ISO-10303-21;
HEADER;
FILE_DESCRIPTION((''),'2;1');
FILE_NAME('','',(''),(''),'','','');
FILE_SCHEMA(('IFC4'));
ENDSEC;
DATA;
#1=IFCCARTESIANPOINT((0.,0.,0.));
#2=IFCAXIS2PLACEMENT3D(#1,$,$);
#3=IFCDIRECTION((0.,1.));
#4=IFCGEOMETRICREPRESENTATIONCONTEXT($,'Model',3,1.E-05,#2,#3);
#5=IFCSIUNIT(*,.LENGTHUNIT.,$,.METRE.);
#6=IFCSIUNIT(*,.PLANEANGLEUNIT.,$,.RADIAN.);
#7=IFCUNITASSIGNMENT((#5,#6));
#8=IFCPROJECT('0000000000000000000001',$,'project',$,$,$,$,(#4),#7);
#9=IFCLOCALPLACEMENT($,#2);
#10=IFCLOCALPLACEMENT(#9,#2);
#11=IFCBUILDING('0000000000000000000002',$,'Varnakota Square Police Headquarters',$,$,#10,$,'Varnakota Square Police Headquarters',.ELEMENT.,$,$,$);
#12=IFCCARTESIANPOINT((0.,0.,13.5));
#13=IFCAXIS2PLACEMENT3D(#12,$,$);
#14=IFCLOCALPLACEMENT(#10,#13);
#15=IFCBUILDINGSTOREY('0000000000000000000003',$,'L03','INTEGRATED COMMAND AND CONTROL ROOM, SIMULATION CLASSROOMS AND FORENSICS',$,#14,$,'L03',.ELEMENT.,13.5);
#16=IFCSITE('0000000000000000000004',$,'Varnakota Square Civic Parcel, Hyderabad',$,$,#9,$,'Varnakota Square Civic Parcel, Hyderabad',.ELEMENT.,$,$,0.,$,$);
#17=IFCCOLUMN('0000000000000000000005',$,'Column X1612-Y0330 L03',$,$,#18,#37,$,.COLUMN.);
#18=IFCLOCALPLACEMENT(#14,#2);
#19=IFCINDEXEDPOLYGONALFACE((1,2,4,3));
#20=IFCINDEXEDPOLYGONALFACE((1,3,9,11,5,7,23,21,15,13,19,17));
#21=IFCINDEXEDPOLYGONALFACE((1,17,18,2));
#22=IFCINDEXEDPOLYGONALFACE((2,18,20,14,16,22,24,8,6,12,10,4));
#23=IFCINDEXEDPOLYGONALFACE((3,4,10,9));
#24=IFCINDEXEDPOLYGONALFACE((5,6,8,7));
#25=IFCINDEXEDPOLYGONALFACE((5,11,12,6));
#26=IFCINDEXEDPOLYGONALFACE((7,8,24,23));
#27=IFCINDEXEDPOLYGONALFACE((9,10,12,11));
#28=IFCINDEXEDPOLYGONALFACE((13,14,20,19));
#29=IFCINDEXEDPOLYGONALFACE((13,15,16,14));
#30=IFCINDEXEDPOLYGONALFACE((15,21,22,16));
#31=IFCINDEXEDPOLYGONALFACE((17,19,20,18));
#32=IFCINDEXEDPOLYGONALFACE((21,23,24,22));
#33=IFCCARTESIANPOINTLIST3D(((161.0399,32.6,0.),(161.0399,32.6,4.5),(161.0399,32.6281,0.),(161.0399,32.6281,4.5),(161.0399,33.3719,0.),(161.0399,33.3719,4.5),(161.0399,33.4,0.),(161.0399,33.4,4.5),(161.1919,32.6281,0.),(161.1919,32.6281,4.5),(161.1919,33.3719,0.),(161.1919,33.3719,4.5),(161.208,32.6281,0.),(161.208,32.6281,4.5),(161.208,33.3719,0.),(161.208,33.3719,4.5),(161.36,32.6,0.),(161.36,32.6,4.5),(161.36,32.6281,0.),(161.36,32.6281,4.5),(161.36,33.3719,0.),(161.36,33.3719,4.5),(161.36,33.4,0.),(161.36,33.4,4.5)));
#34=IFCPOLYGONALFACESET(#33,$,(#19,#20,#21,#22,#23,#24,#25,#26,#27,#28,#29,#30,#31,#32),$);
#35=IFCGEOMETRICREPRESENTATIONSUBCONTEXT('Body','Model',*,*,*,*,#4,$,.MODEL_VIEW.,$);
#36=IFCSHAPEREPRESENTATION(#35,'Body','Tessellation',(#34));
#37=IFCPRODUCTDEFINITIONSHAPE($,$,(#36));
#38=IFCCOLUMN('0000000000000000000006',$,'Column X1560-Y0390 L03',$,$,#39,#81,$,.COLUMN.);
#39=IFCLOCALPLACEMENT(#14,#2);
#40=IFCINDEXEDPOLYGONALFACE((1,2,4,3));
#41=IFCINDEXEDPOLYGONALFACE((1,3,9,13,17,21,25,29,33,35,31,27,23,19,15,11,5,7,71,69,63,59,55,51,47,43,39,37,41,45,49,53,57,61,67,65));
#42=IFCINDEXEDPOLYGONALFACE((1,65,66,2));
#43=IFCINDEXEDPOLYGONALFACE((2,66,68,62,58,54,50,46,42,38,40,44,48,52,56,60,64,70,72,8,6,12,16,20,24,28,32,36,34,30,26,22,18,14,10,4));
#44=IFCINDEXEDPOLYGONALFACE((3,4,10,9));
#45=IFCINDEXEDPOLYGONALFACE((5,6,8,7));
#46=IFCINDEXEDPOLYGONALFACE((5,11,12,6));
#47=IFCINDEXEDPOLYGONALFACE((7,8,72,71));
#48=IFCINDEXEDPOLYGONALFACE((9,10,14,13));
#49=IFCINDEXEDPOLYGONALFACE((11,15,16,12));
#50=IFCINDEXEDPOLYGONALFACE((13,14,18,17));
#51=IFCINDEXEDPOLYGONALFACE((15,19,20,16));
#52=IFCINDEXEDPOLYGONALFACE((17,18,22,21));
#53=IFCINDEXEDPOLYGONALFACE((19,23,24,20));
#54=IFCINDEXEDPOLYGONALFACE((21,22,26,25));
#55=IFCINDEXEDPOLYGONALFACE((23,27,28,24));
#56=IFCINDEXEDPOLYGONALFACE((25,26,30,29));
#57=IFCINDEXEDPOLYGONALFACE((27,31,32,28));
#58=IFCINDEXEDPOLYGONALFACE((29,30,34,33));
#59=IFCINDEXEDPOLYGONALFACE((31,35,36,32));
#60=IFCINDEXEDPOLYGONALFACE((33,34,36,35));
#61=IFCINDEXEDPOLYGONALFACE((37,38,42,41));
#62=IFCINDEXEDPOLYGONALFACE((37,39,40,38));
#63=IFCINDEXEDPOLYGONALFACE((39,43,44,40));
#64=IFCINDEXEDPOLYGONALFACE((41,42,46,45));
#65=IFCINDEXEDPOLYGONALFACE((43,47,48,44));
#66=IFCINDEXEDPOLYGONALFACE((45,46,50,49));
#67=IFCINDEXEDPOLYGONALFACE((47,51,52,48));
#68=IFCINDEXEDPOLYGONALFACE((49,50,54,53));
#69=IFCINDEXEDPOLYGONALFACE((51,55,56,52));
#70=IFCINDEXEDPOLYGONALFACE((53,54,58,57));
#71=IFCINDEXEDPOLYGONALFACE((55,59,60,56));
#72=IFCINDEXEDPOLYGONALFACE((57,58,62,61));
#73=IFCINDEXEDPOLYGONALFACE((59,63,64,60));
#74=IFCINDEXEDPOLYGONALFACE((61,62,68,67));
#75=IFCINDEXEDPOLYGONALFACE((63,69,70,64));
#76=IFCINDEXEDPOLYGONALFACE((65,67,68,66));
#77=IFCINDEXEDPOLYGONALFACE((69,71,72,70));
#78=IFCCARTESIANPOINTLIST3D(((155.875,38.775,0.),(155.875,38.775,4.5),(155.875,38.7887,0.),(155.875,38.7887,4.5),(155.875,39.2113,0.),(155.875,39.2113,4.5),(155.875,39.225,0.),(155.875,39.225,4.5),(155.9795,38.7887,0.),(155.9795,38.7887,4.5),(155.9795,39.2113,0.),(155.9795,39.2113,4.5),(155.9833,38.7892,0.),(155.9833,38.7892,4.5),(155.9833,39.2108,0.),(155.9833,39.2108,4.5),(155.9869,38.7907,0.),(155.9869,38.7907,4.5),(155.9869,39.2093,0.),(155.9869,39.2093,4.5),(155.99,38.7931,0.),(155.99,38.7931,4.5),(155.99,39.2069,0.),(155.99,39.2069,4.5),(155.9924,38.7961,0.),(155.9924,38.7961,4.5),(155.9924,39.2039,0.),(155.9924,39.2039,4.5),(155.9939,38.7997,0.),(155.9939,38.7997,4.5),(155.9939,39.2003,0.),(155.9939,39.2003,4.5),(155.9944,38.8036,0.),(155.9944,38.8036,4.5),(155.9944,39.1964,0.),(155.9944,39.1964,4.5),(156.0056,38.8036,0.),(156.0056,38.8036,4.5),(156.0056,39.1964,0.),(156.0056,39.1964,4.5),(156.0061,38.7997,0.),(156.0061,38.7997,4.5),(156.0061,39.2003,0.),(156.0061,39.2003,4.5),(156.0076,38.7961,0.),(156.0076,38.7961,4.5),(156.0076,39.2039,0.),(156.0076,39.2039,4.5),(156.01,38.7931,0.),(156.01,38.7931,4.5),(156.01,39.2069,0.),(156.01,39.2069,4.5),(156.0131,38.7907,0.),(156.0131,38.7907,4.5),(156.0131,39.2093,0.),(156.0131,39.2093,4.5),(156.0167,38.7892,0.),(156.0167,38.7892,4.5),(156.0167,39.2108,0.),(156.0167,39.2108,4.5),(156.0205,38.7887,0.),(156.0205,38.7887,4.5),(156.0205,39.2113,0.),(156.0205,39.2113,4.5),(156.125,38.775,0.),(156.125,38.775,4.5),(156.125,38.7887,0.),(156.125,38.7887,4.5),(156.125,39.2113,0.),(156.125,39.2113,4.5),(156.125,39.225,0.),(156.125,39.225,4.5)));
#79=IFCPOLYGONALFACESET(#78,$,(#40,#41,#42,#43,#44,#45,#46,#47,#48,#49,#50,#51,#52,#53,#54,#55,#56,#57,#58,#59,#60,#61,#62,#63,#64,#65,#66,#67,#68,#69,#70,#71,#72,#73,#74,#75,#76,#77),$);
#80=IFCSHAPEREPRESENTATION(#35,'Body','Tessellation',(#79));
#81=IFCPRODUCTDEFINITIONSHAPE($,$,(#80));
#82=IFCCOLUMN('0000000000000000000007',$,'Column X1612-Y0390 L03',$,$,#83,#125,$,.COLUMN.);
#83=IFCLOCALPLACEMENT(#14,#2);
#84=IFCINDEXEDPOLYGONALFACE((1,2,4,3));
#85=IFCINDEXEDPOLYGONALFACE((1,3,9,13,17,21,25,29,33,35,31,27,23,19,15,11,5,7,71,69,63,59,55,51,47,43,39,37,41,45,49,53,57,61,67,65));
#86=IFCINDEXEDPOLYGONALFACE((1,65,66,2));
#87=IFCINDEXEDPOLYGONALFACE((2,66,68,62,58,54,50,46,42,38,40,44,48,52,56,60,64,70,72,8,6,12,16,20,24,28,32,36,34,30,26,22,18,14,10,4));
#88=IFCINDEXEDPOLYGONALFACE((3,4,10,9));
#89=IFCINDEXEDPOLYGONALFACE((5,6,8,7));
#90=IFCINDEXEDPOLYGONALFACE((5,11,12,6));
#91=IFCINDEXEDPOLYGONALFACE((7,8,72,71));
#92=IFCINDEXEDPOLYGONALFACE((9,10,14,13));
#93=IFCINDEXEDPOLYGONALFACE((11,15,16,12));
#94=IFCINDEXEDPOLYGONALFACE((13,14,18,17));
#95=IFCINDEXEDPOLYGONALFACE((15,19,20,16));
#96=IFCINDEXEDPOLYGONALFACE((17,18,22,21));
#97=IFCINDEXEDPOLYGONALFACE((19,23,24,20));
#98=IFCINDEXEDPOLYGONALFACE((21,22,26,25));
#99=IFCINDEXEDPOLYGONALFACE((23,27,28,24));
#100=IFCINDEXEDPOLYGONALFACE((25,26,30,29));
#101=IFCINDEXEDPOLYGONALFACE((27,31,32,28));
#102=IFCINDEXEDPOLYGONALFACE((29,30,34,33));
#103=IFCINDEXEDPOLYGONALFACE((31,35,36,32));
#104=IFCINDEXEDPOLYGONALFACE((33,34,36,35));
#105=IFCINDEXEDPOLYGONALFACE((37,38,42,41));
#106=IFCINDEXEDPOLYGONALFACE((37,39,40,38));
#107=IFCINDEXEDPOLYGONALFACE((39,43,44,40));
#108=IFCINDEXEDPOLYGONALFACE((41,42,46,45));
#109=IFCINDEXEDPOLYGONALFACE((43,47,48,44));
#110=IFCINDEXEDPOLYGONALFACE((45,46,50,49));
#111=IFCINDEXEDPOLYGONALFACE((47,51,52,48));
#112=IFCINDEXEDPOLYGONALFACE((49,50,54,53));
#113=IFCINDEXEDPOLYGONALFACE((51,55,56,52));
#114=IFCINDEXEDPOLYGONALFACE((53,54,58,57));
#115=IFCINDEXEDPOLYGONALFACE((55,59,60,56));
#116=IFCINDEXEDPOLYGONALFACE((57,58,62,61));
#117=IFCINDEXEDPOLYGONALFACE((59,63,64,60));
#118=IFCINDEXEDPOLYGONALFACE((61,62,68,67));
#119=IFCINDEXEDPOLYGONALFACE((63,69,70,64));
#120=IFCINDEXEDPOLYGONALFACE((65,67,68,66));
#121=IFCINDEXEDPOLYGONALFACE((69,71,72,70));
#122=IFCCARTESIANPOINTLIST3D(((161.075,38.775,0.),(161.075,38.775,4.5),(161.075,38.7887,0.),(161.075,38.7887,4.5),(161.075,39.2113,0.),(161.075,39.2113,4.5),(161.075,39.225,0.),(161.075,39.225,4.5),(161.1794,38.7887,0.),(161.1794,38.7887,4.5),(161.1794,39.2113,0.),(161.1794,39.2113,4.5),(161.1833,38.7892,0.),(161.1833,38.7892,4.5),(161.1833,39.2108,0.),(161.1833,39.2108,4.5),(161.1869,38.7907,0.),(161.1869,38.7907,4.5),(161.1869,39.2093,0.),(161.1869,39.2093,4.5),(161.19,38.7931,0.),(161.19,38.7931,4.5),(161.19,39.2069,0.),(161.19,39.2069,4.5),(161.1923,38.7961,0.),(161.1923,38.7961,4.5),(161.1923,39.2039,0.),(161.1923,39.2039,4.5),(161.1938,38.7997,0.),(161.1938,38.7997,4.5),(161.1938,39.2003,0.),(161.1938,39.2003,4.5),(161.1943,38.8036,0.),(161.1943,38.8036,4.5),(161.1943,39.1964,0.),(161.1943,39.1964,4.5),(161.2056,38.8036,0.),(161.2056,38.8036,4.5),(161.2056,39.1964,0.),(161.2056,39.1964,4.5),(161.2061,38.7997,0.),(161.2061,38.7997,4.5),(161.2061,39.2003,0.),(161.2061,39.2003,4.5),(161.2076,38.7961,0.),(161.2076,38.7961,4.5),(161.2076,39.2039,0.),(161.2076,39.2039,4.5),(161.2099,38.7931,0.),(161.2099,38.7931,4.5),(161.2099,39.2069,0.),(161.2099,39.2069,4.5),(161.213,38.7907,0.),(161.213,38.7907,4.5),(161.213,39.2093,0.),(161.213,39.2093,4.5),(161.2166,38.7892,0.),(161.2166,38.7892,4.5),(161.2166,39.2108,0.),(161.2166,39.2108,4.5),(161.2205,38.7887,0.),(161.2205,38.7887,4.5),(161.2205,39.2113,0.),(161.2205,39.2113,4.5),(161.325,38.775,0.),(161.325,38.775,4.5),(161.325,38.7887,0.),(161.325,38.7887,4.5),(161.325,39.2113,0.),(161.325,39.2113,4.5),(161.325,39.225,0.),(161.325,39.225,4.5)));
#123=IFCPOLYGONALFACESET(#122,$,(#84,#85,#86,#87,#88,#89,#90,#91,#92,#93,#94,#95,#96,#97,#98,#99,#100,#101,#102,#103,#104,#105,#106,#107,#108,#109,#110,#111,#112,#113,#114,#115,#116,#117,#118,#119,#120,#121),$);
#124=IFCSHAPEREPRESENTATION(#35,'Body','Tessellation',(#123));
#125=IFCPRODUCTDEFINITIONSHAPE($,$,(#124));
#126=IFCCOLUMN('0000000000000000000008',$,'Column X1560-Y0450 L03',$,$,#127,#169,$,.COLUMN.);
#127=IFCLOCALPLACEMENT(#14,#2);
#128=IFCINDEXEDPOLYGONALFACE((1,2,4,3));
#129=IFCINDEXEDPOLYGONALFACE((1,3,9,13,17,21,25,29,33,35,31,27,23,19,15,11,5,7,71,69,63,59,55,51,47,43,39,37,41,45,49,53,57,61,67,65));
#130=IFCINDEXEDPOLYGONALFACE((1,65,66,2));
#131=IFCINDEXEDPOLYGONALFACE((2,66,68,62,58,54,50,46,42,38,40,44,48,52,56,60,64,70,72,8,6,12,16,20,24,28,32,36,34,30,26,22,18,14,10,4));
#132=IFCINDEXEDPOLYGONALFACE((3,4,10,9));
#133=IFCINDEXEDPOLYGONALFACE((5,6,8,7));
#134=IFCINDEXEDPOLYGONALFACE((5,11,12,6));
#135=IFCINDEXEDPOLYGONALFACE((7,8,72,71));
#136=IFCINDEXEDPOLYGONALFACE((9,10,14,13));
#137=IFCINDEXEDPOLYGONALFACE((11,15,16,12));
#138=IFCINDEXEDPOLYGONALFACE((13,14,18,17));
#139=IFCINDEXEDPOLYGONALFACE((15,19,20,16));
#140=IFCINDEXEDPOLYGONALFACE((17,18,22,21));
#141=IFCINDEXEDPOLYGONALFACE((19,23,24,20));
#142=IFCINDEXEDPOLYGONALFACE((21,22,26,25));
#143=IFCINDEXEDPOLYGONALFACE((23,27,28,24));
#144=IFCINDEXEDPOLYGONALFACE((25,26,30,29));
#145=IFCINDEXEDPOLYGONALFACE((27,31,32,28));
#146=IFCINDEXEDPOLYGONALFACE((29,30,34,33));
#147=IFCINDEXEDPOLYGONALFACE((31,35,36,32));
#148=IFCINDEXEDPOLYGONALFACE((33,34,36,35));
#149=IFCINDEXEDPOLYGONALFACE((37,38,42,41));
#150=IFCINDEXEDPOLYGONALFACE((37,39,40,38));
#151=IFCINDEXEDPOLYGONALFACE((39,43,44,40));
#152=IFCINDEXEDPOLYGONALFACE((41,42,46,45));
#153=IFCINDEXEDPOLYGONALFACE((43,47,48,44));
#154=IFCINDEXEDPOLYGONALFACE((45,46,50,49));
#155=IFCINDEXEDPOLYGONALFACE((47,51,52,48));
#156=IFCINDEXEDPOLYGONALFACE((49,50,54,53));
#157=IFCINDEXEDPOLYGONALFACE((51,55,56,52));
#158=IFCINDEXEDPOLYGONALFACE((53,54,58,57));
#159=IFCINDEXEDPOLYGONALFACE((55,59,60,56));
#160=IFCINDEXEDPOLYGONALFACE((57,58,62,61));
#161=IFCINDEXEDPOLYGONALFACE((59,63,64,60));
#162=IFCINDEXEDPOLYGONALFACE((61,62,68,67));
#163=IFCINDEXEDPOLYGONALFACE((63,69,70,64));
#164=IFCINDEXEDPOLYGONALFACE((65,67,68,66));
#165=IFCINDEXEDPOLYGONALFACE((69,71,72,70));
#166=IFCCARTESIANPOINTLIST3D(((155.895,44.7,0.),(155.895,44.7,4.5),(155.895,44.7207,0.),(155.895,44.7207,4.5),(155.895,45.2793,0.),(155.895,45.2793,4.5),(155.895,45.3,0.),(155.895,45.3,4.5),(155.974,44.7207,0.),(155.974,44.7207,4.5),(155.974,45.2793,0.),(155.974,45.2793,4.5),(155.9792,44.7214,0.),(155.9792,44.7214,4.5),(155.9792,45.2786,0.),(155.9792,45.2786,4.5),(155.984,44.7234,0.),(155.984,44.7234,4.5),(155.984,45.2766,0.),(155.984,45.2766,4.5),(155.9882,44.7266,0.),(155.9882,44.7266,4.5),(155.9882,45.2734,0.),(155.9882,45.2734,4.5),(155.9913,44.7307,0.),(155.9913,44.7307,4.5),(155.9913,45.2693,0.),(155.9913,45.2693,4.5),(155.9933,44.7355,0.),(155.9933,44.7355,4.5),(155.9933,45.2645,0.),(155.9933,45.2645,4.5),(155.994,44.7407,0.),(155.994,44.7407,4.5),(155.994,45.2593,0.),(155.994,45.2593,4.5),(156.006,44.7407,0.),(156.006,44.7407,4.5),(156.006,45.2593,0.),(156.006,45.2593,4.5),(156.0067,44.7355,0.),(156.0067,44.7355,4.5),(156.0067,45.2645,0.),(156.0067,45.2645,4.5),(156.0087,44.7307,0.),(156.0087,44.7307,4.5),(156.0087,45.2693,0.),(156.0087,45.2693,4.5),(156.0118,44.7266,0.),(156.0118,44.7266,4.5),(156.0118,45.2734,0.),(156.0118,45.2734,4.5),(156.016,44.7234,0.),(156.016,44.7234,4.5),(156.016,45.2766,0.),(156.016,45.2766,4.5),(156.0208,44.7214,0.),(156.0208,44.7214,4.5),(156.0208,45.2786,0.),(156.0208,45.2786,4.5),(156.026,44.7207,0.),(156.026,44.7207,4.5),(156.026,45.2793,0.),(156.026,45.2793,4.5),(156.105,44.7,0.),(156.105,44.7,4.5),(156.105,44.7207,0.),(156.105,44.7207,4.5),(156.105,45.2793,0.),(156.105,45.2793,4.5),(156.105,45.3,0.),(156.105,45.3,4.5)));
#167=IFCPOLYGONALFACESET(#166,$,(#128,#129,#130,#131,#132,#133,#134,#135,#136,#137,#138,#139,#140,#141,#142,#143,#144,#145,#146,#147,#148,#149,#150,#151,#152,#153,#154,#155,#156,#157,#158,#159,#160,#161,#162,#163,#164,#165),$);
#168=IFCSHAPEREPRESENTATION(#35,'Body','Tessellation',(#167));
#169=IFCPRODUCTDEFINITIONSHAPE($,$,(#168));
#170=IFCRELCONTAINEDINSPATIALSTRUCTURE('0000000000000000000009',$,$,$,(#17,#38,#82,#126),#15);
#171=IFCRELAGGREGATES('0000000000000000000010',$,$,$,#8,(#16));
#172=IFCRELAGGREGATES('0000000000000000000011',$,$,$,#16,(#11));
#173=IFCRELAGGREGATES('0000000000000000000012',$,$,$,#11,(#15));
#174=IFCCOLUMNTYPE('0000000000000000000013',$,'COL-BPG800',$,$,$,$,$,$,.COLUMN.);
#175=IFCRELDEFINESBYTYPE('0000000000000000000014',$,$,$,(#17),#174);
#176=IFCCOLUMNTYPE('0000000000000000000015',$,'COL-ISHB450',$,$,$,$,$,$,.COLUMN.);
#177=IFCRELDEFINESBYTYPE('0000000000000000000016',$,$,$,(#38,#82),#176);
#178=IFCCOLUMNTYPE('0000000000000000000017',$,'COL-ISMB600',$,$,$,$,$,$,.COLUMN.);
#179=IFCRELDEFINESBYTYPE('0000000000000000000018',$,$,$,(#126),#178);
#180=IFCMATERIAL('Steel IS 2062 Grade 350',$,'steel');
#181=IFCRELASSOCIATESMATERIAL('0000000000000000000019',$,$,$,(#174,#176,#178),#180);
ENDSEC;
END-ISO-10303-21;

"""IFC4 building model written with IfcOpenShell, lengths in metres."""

from ifc_helpers import new_model, si_unit, direction, frame, origin, origin_2d, place, context, subcontext, project, spatial, i_section, extrude, material, material_profile, profile_set, type_object, element, save


model = new_model("IFC4")

# Units and contexts
model_context = context("Model", 3, precision=1e-05, world=origin(), true_north=direction((0.0, 1.0)))
body_context = subcontext(model_context, "Body", "Model", "MODEL_VIEW")
ifc_project = project(units=[si_unit("LENGTHUNIT", "METRE"), si_unit("PLANEANGLEUNIT", "RADIAN")], contexts=[model_context])

# Site, building, storey
site_placement = place(None, origin())
site = spatial("IfcSite", under=ifc_project, at=site_placement, Name="Varnakota Square Civic Parcel, Hyderabad", LongName="Varnakota Square Civic Parcel, Hyderabad", CompositionType="ELEMENT", RefElevation=0.0)
building_placement = place(site_placement, origin())
building = spatial("IfcBuilding", under=site, at=building_placement, Name="Varnakota Square Police Headquarters", LongName="Varnakota Square Police Headquarters", CompositionType="ELEMENT")
storey_placement = place(building_placement, frame((0.0, 0.0, 13.5)))
storey = spatial("IfcBuildingStorey", under=building, at=storey_placement, Name="L03", Description="INTEGRATED COMMAND AND CONTROL ROOM, SIMULATION CLASSROOMS AND FORENSICS", LongName="L03", CompositionType="ELEMENT", Elevation=13.5)

# Columns
ifc_material_1 = material(Name="Steel IS 2062 Grade 350", Category="steel")
ifc_material_profile_1 = material_profile(ifc_material_1, i_section(OverallWidth=0.3201, OverallDepth=0.8, WebThickness=0.0161, FlangeThickness=0.0281, at=origin_2d()), Name="BPG 800x320")
ifc_profile_set_1 = profile_set([ifc_material_profile_1], Name="Steel IS 2062 Grade 350")
column_type_1 = type_object("IfcColumnType", Name="COL-BPG800", PredefinedType="COLUMN", material=ifc_profile_set_1)
column_1_placement = place(storey_placement, frame((161.2, 33.0, 0.0), z_axis=(0.0, 0.0, 1.0), x_axis=(1.0, 0.0, 0.0)))
element("IfcColumn", 1, at=column_1_placement, inside=storey, type_object=column_type_1, Name="Column X1612-Y0330 L03", PredefinedType="COLUMN", context=body_context, shape_type="SweptSolid", body=[
    extrude(i_section(OverallWidth=0.3201, OverallDepth=0.8, WebThickness=0.0161, FlangeThickness=0.0281, at=origin_2d()), origin(), (0.0, 0.0, 1.0), 4.5),
])
ifc_material_profile_2 = material_profile(ifc_material_1, i_section(OverallWidth=0.25, OverallDepth=0.45, WebThickness=0.0112, FlangeThickness=0.0137, FilletRadius=0.0149, at=origin_2d()), Name="ISHB 450")
ifc_profile_set_2 = profile_set([ifc_material_profile_2], Name="Steel IS 2062 Grade 350")
column_type_2 = type_object("IfcColumnType", Name="COL-ISHB450", PredefinedType="COLUMN", material=ifc_profile_set_2)
for number, where, z_axis, x_axis, name in (
    (2, (156.0, 39.0, 0.0), (0.0, 0.0, 1.0), (1.0, 0.0, 0.0), "Column X1560-Y0390 L03"),
    (3, (161.2, 39.0, 0.0), (0.0, 0.0, 1.0), (1.0, 0.0, 0.0), "Column X1612-Y0390 L03"),
):
    element("IfcColumn", number, at=place(storey_placement, frame(where, z_axis=z_axis, x_axis=x_axis)), inside=storey, type_object=column_type_2, Name=name, PredefinedType="COLUMN", context=body_context, shape_type="SweptSolid", body=[
        extrude(i_section(OverallWidth=0.25, OverallDepth=0.45, WebThickness=0.0112, FlangeThickness=0.0137, FilletRadius=0.0149, at=origin_2d()), origin(), (0.0, 0.0, 1.0), 4.5),
    ])
ifc_material_profile_3 = material_profile(ifc_material_1, i_section(OverallWidth=0.21, OverallDepth=0.6001, WebThickness=0.012, FlangeThickness=0.0208, FilletRadius=0.02, at=origin_2d()), Name="ISMB 600")
ifc_profile_set_3 = profile_set([ifc_material_profile_3], Name="Steel IS 2062 Grade 350")
column_type_3 = type_object("IfcColumnType", Name="COL-ISMB600", PredefinedType="COLUMN", material=ifc_profile_set_3)
column_2_placement = place(storey_placement, frame((156.0, 45.0, 0.0), z_axis=(0.0, 0.0, 1.0), x_axis=(1.0, 0.0, 0.0)))
element("IfcColumn", 4, at=column_2_placement, inside=storey, type_object=column_type_3, Name="Column X1560-Y0450 L03", PredefinedType="COLUMN", context=body_context, shape_type="SweptSolid", body=[
    extrude(i_section(OverallWidth=0.21, OverallDepth=0.6001, WebThickness=0.012, FlangeThickness=0.0208, FilletRadius=0.02, at=origin_2d()), origin(), (0.0, 0.0, 1.0), 4.5),
])

save(model, "model.ifc")
